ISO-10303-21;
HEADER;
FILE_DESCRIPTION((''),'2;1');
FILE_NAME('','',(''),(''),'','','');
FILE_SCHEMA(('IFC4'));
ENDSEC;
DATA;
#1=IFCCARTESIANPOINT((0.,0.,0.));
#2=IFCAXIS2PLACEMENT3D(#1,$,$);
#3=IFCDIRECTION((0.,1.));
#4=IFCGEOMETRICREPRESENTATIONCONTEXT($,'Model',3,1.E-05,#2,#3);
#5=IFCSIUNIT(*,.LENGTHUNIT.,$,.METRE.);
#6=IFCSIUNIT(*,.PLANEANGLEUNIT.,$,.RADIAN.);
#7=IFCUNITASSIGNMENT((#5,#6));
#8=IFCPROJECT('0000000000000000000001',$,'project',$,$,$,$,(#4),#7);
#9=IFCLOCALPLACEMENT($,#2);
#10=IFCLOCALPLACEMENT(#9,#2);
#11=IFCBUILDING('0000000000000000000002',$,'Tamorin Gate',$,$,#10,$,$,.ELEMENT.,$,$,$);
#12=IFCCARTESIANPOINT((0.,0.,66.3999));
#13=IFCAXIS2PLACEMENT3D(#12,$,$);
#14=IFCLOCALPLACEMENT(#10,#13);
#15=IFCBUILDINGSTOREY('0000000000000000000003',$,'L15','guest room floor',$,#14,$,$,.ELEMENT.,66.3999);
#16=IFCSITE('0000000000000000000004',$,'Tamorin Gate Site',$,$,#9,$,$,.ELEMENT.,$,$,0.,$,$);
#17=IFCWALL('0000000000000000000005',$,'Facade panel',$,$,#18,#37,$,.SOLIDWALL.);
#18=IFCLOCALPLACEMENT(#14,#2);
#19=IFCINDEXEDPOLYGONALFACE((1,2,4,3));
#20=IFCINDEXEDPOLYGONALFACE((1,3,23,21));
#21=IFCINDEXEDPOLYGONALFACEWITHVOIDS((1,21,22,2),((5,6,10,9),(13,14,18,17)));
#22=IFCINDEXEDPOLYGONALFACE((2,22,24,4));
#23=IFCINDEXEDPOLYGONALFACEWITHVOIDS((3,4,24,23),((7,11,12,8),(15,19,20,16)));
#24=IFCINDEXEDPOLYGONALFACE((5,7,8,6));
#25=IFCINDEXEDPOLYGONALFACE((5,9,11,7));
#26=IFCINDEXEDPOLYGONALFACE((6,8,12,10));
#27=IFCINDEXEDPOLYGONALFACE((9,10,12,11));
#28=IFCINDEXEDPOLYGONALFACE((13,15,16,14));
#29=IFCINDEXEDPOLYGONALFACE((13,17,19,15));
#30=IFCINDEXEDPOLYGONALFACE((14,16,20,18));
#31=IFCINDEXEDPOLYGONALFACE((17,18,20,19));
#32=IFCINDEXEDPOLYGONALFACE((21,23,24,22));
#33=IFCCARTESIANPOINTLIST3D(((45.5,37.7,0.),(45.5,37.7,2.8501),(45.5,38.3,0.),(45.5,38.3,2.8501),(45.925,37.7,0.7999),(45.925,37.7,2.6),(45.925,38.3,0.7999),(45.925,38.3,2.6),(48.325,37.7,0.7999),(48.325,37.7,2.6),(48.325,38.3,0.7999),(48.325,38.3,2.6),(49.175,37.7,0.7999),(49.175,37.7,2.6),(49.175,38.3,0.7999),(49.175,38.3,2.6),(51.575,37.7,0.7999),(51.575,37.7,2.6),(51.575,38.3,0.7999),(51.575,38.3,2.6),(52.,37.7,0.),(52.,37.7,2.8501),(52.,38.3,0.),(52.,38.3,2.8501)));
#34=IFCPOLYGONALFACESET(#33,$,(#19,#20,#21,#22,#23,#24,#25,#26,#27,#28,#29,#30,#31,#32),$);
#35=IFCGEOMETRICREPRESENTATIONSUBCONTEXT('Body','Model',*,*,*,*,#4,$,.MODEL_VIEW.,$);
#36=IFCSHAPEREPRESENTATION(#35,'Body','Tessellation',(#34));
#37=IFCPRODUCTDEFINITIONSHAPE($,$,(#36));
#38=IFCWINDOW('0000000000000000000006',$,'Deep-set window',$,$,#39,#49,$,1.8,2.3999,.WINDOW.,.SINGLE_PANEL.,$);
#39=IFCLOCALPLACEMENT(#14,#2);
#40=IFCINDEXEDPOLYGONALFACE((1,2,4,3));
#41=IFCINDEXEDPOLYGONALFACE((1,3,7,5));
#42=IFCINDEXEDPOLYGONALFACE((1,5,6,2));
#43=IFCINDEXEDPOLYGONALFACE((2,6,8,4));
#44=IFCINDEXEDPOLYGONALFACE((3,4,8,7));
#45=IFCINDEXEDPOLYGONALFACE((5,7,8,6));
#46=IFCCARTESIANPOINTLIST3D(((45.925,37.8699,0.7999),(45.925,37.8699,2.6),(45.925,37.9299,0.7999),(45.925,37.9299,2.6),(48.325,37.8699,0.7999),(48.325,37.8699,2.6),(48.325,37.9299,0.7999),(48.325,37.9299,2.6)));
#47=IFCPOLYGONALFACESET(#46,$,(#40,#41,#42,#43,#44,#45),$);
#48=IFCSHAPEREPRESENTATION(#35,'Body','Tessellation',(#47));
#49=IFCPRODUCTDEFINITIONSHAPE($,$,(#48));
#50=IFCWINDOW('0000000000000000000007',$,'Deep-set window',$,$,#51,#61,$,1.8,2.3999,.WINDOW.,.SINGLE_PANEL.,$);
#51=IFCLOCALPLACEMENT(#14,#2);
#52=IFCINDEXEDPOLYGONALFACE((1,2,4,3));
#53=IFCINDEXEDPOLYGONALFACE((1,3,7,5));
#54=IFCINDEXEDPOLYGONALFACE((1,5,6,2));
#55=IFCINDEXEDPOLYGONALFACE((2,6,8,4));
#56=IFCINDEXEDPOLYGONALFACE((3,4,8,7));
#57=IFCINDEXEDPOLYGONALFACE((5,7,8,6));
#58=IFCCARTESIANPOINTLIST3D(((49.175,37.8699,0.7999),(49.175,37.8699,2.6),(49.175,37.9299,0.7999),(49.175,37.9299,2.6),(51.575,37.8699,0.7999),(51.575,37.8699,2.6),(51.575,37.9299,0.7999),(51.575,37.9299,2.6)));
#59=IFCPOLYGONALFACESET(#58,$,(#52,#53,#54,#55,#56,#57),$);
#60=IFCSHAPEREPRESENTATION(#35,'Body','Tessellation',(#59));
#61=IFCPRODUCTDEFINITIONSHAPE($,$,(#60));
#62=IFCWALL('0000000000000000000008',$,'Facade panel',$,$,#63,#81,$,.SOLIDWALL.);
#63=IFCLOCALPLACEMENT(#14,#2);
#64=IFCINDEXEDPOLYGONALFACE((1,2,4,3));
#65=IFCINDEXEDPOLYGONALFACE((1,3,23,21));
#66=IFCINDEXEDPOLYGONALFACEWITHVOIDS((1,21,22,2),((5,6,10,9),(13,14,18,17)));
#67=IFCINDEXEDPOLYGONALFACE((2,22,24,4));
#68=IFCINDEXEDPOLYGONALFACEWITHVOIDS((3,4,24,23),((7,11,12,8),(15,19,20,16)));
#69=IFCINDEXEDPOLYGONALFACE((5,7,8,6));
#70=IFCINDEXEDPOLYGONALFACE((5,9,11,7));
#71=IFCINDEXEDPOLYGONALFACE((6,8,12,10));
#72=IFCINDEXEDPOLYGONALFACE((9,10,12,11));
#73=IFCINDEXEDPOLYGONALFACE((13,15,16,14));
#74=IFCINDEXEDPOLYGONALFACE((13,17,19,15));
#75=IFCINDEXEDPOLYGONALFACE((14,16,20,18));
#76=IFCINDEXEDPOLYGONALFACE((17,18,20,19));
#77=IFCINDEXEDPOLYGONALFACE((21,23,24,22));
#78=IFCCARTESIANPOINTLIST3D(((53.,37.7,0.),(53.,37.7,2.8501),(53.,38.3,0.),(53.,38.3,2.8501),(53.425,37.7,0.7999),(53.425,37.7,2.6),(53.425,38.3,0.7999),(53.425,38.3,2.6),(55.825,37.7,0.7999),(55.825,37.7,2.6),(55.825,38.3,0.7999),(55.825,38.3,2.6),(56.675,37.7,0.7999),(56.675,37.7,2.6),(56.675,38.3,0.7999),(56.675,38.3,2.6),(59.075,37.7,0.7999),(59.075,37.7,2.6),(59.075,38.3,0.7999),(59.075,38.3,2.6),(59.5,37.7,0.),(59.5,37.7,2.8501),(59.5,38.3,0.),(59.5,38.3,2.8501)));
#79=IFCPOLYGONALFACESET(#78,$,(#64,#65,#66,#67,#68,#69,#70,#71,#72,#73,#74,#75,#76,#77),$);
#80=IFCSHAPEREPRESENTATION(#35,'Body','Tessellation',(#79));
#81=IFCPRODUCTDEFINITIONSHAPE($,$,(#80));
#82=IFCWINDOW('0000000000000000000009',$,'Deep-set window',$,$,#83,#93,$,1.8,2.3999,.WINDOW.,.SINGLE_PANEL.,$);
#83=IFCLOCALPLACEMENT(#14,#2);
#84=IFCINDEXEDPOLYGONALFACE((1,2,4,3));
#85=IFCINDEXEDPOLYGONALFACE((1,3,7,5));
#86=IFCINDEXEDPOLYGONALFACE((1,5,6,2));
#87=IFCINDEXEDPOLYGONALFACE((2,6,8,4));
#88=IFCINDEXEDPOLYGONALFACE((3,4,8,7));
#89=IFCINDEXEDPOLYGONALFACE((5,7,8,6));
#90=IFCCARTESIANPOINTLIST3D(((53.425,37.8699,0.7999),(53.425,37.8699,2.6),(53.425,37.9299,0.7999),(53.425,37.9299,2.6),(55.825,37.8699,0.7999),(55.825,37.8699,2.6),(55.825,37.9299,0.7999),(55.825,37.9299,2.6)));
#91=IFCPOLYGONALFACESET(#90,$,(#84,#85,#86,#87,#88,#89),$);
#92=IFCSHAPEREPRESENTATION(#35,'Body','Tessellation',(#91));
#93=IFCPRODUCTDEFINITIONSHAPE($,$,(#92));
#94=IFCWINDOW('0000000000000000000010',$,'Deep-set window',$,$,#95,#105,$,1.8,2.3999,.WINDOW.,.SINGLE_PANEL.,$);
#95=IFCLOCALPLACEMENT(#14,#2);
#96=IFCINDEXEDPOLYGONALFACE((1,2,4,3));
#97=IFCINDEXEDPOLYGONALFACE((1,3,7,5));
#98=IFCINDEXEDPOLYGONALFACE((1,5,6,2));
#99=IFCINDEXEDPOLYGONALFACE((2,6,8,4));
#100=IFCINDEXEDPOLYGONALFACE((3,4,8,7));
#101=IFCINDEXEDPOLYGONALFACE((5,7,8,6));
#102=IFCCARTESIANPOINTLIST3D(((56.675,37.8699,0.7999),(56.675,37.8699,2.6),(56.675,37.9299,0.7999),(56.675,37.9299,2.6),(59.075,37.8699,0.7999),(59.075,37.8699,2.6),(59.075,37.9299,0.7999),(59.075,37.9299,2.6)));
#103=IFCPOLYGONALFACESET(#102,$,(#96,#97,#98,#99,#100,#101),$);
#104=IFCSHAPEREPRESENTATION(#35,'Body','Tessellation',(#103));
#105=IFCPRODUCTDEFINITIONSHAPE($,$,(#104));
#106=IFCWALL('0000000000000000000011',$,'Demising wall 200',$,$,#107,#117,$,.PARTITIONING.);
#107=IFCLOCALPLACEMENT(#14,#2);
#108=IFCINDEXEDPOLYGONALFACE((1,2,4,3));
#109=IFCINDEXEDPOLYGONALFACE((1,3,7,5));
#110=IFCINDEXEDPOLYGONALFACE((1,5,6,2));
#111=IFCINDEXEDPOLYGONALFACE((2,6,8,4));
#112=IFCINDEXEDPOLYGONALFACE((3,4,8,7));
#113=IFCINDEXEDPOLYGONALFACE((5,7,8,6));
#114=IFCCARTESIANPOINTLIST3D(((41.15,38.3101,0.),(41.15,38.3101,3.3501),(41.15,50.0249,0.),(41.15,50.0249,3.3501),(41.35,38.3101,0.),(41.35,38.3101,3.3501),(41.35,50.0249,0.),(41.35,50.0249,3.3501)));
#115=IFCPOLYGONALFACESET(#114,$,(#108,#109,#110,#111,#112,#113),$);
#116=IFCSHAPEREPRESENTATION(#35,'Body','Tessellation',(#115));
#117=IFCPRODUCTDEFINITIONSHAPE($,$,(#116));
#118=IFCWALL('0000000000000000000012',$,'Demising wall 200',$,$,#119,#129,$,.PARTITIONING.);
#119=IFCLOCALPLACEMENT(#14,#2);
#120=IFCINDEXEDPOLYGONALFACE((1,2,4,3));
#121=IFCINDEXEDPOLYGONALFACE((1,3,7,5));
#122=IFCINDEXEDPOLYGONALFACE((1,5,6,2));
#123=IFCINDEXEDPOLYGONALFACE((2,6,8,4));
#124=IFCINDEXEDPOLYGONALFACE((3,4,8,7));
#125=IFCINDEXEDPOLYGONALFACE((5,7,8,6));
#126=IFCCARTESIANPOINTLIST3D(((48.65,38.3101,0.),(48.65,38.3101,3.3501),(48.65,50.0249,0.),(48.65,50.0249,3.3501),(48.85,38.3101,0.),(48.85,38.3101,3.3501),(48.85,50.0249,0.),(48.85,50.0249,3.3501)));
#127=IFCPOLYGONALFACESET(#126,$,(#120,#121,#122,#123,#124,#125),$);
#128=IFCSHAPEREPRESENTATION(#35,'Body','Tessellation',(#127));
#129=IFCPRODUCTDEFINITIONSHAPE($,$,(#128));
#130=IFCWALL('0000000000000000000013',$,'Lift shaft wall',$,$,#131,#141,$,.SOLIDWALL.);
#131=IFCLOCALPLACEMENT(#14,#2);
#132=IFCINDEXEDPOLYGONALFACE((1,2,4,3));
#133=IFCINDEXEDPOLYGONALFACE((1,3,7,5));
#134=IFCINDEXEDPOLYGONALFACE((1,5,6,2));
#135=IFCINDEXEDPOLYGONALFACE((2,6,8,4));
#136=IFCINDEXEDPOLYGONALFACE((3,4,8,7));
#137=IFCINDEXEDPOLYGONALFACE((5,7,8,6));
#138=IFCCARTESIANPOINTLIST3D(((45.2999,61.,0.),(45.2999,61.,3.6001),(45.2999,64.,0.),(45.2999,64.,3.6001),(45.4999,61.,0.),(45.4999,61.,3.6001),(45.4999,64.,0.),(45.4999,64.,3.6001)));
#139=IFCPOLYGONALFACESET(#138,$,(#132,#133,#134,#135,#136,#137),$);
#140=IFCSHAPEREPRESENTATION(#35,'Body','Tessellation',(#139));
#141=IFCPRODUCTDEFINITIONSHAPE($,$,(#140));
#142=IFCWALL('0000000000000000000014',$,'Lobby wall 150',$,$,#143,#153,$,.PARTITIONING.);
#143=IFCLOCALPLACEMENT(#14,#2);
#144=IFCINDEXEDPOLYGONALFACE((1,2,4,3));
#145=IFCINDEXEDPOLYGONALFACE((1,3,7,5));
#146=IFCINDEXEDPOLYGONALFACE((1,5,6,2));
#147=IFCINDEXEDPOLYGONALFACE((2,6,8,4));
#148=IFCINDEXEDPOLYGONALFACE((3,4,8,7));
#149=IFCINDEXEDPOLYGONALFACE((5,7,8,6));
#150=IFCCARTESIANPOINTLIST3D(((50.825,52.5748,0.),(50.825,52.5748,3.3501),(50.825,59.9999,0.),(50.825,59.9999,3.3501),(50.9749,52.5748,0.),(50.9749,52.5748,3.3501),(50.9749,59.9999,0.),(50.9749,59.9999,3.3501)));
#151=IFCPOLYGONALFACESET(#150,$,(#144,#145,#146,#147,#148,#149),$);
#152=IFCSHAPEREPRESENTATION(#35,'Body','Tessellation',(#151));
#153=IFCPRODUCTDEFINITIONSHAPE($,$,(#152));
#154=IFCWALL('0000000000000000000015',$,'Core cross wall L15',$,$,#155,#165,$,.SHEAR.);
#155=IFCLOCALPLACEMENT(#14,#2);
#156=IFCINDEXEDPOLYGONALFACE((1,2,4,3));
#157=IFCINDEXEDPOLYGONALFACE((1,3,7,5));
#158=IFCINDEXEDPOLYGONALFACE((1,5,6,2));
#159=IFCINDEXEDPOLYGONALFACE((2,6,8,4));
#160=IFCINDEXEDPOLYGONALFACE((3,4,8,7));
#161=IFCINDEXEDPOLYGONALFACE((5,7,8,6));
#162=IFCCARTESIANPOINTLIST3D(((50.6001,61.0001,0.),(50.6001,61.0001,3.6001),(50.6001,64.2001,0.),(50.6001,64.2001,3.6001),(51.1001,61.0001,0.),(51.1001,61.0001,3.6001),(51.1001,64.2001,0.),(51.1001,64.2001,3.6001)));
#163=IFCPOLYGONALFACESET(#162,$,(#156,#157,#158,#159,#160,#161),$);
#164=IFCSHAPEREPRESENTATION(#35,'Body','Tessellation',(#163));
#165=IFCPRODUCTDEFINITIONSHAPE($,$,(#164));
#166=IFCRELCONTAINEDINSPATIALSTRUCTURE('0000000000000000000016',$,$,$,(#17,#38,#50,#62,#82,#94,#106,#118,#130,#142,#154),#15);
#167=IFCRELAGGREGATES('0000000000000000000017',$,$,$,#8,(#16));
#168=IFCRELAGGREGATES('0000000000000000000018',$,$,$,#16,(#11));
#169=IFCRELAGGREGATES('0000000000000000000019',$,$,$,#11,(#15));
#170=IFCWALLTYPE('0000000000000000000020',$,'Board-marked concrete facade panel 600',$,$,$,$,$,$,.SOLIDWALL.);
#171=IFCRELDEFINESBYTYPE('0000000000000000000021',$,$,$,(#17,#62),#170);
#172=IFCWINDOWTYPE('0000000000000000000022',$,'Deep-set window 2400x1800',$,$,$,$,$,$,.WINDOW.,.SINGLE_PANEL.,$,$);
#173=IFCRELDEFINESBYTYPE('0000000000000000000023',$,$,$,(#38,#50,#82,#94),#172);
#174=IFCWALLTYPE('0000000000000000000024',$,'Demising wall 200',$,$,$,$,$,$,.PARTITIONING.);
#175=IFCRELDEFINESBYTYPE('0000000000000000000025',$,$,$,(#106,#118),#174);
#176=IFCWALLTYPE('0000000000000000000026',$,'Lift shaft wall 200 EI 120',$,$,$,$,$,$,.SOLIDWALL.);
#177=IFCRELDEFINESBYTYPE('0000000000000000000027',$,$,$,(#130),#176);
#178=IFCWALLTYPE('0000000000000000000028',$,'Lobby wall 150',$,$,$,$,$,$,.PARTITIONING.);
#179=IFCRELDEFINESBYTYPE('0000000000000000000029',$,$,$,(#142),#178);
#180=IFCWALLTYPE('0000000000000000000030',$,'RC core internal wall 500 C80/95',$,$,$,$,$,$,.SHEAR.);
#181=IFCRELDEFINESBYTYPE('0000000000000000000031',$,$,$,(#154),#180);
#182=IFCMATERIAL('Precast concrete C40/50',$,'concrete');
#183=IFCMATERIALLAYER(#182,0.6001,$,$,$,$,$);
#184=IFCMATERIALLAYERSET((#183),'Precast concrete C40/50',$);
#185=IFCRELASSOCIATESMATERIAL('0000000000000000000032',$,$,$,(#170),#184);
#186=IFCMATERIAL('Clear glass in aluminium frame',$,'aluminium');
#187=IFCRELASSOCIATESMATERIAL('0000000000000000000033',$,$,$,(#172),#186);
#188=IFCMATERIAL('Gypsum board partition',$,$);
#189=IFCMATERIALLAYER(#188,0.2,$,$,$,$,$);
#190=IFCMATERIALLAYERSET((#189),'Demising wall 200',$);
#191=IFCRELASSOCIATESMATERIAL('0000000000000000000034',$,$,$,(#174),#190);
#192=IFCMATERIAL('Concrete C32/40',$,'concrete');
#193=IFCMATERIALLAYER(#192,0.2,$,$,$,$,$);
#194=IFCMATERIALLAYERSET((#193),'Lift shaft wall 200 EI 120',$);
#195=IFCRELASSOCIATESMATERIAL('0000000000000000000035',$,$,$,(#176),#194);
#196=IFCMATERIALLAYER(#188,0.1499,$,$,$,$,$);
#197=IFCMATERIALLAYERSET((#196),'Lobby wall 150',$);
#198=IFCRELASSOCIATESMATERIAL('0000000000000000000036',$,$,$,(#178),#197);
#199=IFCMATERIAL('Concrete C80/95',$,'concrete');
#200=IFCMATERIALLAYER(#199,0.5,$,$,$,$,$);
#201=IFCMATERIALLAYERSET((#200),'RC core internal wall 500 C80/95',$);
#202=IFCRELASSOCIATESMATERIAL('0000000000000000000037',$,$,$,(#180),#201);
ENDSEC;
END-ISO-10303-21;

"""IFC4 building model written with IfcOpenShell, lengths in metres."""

from ifc_helpers import new_model, si_unit, direction, frame, frame_2d, origin, place, context, subcontext, project, spatial, rectangle, extrude, material, layer, layer_set, type_object, element, fill, save


model = new_model("IFC4")

# Units and contexts
model_context = context("Model", 3, precision=1e-05, world=origin(), true_north=direction((0.0, 1.0)))
body_context = subcontext(model_context, "Body", "Model", "MODEL_VIEW")
ifc_project = project(units=[si_unit("LENGTHUNIT", "METRE"), si_unit("PLANEANGLEUNIT", "RADIAN")], contexts=[model_context])

# Site, building, storey
site_placement = place(None, origin())
site = spatial("IfcSite", under=ifc_project, at=site_placement, Name="Tamorin Gate Site", CompositionType="ELEMENT", RefElevation=0.0)
building_placement = place(site_placement, origin())
building = spatial("IfcBuilding", under=site, at=building_placement, Name="Tamorin Gate", CompositionType="ELEMENT")
storey_placement = place(building_placement, frame((0.0, 0.0, 66.3999)))
storey = spatial("IfcBuildingStorey", under=building, at=storey_placement, Name="L15", Description="guest room floor", CompositionType="ELEMENT", Elevation=66.3999)

# Shared definitions
ifc_material_1 = material(Name="Concrete C80/95", Category="concrete")

# Walls, openings, windows
ifc_material_2 = material(Name="Precast concrete C40/50", Category="concrete")
ifc_layer_1 = layer(ifc_material_2, 0.6001)
ifc_layer_set_1 = layer_set([ifc_layer_1], Name="Precast concrete C40/50")
wall_type_1 = type_object("IfcWallType", Name="Board-marked concrete facade panel 600", PredefinedType="SOLIDWALL", material=ifc_layer_set_1)
ifc_material_3 = material(Name="Clear glass in aluminium frame", Category="aluminium")
window_type = type_object("IfcWindowType", Name="Deep-set window 2400x1800", PartitioningType="SINGLE_PANEL", PredefinedType="WINDOW", material=ifc_material_3)
wall_1_placement = place(storey_placement, frame((45.5, 38.0, 0.0), z_axis=(0.0, 0.0, 1.0), x_axis=(1.0, 0.0, 0.0)))
wall_1 = element("IfcWall", 1, at=wall_1_placement, inside=storey, type_object=wall_type_1, Name="Facade panel", PredefinedType="SOLIDWALL", context=body_context, shape_type="SweptSolid", body=[
    extrude(rectangle(XDim=6.5, YDim=0.6001, at=frame_2d((3.25, 0.0))), origin(), (0.0, 0.0, 1.0), 2.8501),
])
opening_1_placement = place(wall_1_placement, frame((0.425, 0.0, 0.8)))
opening_1 = element("IfcOpeningElement", 2, at=opening_1_placement, cuts=wall_1, PredefinedType="OPENING", context=body_context, shape_type="SweptSolid", body=[
    extrude(rectangle(XDim=2.3999, YDim=1.8, at=frame_2d((1.2, 0.8999))), frame((0.0, 0.3101, 0.0), z_axis=(0.0, -1.0, 0.0), x_axis=(1.0, 0.0, 0.0)), (0.0, 0.0, 1.0), 0.6201),
])
opening_2_placement = place(wall_1_placement, frame((3.675, 0.0, 0.8)))
opening_2 = element("IfcOpeningElement", 3, at=opening_2_placement, cuts=wall_1, PredefinedType="OPENING", context=body_context, shape_type="SweptSolid", body=[
    extrude(rectangle(XDim=2.3999, YDim=1.8, at=frame_2d((1.2, 0.8999))), frame((0.0, 0.3101, 0.0), z_axis=(0.0, -1.0, 0.0), x_axis=(1.0, 0.0, 0.0)), (0.0, 0.0, 1.0), 0.6201),
])
window_1_placement = place(opening_1_placement, origin())
window_1 = element("IfcWindow", 4, at=window_1_placement, inside=storey, type_object=window_type, Name="Deep-set window", OverallHeight=1.8, OverallWidth=2.3999, PartitioningType="SINGLE_PANEL", PredefinedType="WINDOW", context=body_context, shape_type="SweptSolid", body=[
    extrude(rectangle(XDim=2.3999, YDim=1.8, at=frame_2d((1.2, 0.8999))), frame((0.0, -0.0701, 0.0), z_axis=(0.0, -1.0, 0.0), x_axis=(1.0, 0.0, 0.0)), (0.0, 0.0, 1.0), 0.0601),
])
fill(opening_1, window_1)
window_2_placement = place(opening_2_placement, origin())
window_2 = element("IfcWindow", 5, at=window_2_placement, inside=storey, type_object=window_type, Name="Deep-set window", OverallHeight=1.8, OverallWidth=2.3999, PartitioningType="SINGLE_PANEL", PredefinedType="WINDOW", context=body_context, shape_type="SweptSolid", body=[
    extrude(rectangle(XDim=2.3999, YDim=1.8, at=frame_2d((1.2, 0.8999))), frame((0.0, -0.0701, 0.0), z_axis=(0.0, -1.0, 0.0), x_axis=(1.0, 0.0, 0.0)), (0.0, 0.0, 1.0), 0.0601),
])
fill(opening_2, window_2)
wall_2_placement = place(storey_placement, frame((53.0, 38.0, 0.0), z_axis=(0.0, 0.0, 1.0), x_axis=(1.0, 0.0, 0.0)))
wall_2 = element("IfcWall", 6, at=wall_2_placement, inside=storey, type_object=wall_type_1, Name="Facade panel", PredefinedType="SOLIDWALL", context=body_context, shape_type="SweptSolid", body=[
    extrude(rectangle(XDim=6.5, YDim=0.6001, at=frame_2d((3.25, 0.0))), origin(), (0.0, 0.0, 1.0), 2.8501),
])
opening_3_placement = place(wall_2_placement, frame((0.425, 0.0, 0.8)))
opening_3 = element("IfcOpeningElement", 7, at=opening_3_placement, cuts=wall_2, PredefinedType="OPENING", context=body_context, shape_type="SweptSolid", body=[
    extrude(rectangle(XDim=2.3999, YDim=1.8, at=frame_2d((1.2, 0.8999))), frame((0.0, 0.3101, 0.0), z_axis=(0.0, -1.0, 0.0), x_axis=(1.0, 0.0, 0.0)), (0.0, 0.0, 1.0), 0.6201),
])
opening_4_placement = place(wall_2_placement, frame((3.675, 0.0, 0.8)))
opening_4 = element("IfcOpeningElement", 8, at=opening_4_placement, cuts=wall_2, PredefinedType="OPENING", context=body_context, shape_type="SweptSolid", body=[
    extrude(rectangle(XDim=2.3999, YDim=1.8, at=frame_2d((1.2, 0.8999))), frame((0.0, 0.3101, 0.0), z_axis=(0.0, -1.0, 0.0), x_axis=(1.0, 0.0, 0.0)), (0.0, 0.0, 1.0), 0.6201),
])
window_3_placement = place(opening_3_placement, origin())
window_3 = element("IfcWindow", 9, at=window_3_placement, inside=storey, type_object=window_type, Name="Deep-set window", OverallHeight=1.8, OverallWidth=2.3999, PartitioningType="SINGLE_PANEL", PredefinedType="WINDOW", context=body_context, shape_type="SweptSolid", body=[
    extrude(rectangle(XDim=2.3999, YDim=1.8, at=frame_2d((1.2, 0.8999))), frame((0.0, -0.0701, 0.0), z_axis=(0.0, -1.0, 0.0), x_axis=(1.0, 0.0, 0.0)), (0.0, 0.0, 1.0), 0.0601),
])
fill(opening_3, window_3)
window_4_placement = place(opening_4_placement, origin())
window_4 = element("IfcWindow", 10, at=window_4_placement, inside=storey, type_object=window_type, Name="Deep-set window", OverallHeight=1.8, OverallWidth=2.3999, PartitioningType="SINGLE_PANEL", PredefinedType="WINDOW", context=body_context, shape_type="SweptSolid", body=[
    extrude(rectangle(XDim=2.3999, YDim=1.8, at=frame_2d((1.2, 0.8999))), frame((0.0, -0.0701, 0.0), z_axis=(0.0, -1.0, 0.0), x_axis=(1.0, 0.0, 0.0)), (0.0, 0.0, 1.0), 0.0601),
])
fill(opening_4, window_4)

# Walls
ifc_material_4 = material(Name="Gypsum board partition")
ifc_layer_2 = layer(ifc_material_4, 0.2)
ifc_layer_set_2 = layer_set([ifc_layer_2], Name="Demising wall 200")
wall_type_2 = type_object("IfcWallType", Name="Demising wall 200", PredefinedType="PARTITIONING", material=ifc_layer_set_2)
for number, where, z_axis, x_axis, name in (
    (11, (41.25, 38.3101, 0.0), (0.0, 0.0, 1.0), (0.0, 1.0, 0.0), "Demising wall 200"),
    (12, (48.75, 38.3101, 0.0), (0.0, 0.0, 1.0), (0.0, 1.0, 0.0), "Demising wall 200"),
):
    element("IfcWall", number, at=place(storey_placement, frame(where, z_axis=z_axis, x_axis=x_axis)), inside=storey, type_object=wall_type_2, Name=name, PredefinedType="PARTITIONING", context=body_context, shape_type="SweptSolid", body=[
        extrude(rectangle(XDim=11.7148, YDim=0.2, at=frame_2d((5.8574, 0.0))), origin(), (0.0, 0.0, 1.0), 3.3501),
    ])
ifc_material_5 = material(Name="Concrete C32/40", Category="concrete")
ifc_layer_3 = layer(ifc_material_5, 0.2)
ifc_layer_set_3 = layer_set([ifc_layer_3], Name="Lift shaft wall 200 EI 120")
wall_type_3 = type_object("IfcWallType", Name="Lift shaft wall 200 EI 120", PredefinedType="SOLIDWALL", material=ifc_layer_set_3)
wall_3_placement = place(storey_placement, frame((45.3999, 61.0, 0.0), z_axis=(0.0, 0.0, 1.0), x_axis=(0.0, 1.0, 0.0)))
element("IfcWall", 13, at=wall_3_placement, inside=storey, type_object=wall_type_3, Name="Lift shaft wall", PredefinedType="SOLIDWALL", context=body_context, shape_type="SweptSolid", body=[
    extrude(rectangle(XDim=3.0, YDim=0.2, at=frame_2d((1.5, 0.0))), origin(), (0.0, 0.0, 1.0), 3.6001),
])
ifc_layer_4 = layer(ifc_material_4, 0.1499)
ifc_layer_set_4 = layer_set([ifc_layer_4], Name="Lobby wall 150")
wall_type_4 = type_object("IfcWallType", Name="Lobby wall 150", PredefinedType="PARTITIONING", material=ifc_layer_set_4)
wall_4_placement = place(storey_placement, frame((50.8999, 52.575, 0.0), z_axis=(0.0, 0.0, 1.0), x_axis=(0.0, 1.0, 0.0)))
element("IfcWall", 14, at=wall_4_placement, inside=storey, type_object=wall_type_4, Name="Lobby wall 150", PredefinedType="PARTITIONING", context=body_context, shape_type="SweptSolid", body=[
    extrude(rectangle(XDim=7.425, YDim=0.1499, at=frame_2d((3.7124, 0.0))), origin(), (0.0, 0.0, 1.0), 3.3501),
])
ifc_layer_5 = layer(ifc_material_1, 0.5)
ifc_layer_set_5 = layer_set([ifc_layer_5], Name="RC core internal wall 500 C80/95")
wall_type_5 = type_object("IfcWallType", Name="RC core internal wall 500 C80/95", PredefinedType="SHEAR", material=ifc_layer_set_5)
wall_5_placement = place(storey_placement, frame((50.8501, 61.0, 0.0), z_axis=(0.0, 0.0, 1.0), x_axis=(0.0, 1.0, 0.0)))
element("IfcWall", 15, at=wall_5_placement, inside=storey, type_object=wall_type_5, Name="Core cross wall L15", PredefinedType="SHEAR", context=body_context, shape_type="SweptSolid", body=[
    extrude(rectangle(XDim=3.2, YDim=0.5, at=frame_2d((1.6001, 0.0))), origin(), (0.0, 0.0, 1.0), 3.6001),
])

save(model, "model.ifc")
